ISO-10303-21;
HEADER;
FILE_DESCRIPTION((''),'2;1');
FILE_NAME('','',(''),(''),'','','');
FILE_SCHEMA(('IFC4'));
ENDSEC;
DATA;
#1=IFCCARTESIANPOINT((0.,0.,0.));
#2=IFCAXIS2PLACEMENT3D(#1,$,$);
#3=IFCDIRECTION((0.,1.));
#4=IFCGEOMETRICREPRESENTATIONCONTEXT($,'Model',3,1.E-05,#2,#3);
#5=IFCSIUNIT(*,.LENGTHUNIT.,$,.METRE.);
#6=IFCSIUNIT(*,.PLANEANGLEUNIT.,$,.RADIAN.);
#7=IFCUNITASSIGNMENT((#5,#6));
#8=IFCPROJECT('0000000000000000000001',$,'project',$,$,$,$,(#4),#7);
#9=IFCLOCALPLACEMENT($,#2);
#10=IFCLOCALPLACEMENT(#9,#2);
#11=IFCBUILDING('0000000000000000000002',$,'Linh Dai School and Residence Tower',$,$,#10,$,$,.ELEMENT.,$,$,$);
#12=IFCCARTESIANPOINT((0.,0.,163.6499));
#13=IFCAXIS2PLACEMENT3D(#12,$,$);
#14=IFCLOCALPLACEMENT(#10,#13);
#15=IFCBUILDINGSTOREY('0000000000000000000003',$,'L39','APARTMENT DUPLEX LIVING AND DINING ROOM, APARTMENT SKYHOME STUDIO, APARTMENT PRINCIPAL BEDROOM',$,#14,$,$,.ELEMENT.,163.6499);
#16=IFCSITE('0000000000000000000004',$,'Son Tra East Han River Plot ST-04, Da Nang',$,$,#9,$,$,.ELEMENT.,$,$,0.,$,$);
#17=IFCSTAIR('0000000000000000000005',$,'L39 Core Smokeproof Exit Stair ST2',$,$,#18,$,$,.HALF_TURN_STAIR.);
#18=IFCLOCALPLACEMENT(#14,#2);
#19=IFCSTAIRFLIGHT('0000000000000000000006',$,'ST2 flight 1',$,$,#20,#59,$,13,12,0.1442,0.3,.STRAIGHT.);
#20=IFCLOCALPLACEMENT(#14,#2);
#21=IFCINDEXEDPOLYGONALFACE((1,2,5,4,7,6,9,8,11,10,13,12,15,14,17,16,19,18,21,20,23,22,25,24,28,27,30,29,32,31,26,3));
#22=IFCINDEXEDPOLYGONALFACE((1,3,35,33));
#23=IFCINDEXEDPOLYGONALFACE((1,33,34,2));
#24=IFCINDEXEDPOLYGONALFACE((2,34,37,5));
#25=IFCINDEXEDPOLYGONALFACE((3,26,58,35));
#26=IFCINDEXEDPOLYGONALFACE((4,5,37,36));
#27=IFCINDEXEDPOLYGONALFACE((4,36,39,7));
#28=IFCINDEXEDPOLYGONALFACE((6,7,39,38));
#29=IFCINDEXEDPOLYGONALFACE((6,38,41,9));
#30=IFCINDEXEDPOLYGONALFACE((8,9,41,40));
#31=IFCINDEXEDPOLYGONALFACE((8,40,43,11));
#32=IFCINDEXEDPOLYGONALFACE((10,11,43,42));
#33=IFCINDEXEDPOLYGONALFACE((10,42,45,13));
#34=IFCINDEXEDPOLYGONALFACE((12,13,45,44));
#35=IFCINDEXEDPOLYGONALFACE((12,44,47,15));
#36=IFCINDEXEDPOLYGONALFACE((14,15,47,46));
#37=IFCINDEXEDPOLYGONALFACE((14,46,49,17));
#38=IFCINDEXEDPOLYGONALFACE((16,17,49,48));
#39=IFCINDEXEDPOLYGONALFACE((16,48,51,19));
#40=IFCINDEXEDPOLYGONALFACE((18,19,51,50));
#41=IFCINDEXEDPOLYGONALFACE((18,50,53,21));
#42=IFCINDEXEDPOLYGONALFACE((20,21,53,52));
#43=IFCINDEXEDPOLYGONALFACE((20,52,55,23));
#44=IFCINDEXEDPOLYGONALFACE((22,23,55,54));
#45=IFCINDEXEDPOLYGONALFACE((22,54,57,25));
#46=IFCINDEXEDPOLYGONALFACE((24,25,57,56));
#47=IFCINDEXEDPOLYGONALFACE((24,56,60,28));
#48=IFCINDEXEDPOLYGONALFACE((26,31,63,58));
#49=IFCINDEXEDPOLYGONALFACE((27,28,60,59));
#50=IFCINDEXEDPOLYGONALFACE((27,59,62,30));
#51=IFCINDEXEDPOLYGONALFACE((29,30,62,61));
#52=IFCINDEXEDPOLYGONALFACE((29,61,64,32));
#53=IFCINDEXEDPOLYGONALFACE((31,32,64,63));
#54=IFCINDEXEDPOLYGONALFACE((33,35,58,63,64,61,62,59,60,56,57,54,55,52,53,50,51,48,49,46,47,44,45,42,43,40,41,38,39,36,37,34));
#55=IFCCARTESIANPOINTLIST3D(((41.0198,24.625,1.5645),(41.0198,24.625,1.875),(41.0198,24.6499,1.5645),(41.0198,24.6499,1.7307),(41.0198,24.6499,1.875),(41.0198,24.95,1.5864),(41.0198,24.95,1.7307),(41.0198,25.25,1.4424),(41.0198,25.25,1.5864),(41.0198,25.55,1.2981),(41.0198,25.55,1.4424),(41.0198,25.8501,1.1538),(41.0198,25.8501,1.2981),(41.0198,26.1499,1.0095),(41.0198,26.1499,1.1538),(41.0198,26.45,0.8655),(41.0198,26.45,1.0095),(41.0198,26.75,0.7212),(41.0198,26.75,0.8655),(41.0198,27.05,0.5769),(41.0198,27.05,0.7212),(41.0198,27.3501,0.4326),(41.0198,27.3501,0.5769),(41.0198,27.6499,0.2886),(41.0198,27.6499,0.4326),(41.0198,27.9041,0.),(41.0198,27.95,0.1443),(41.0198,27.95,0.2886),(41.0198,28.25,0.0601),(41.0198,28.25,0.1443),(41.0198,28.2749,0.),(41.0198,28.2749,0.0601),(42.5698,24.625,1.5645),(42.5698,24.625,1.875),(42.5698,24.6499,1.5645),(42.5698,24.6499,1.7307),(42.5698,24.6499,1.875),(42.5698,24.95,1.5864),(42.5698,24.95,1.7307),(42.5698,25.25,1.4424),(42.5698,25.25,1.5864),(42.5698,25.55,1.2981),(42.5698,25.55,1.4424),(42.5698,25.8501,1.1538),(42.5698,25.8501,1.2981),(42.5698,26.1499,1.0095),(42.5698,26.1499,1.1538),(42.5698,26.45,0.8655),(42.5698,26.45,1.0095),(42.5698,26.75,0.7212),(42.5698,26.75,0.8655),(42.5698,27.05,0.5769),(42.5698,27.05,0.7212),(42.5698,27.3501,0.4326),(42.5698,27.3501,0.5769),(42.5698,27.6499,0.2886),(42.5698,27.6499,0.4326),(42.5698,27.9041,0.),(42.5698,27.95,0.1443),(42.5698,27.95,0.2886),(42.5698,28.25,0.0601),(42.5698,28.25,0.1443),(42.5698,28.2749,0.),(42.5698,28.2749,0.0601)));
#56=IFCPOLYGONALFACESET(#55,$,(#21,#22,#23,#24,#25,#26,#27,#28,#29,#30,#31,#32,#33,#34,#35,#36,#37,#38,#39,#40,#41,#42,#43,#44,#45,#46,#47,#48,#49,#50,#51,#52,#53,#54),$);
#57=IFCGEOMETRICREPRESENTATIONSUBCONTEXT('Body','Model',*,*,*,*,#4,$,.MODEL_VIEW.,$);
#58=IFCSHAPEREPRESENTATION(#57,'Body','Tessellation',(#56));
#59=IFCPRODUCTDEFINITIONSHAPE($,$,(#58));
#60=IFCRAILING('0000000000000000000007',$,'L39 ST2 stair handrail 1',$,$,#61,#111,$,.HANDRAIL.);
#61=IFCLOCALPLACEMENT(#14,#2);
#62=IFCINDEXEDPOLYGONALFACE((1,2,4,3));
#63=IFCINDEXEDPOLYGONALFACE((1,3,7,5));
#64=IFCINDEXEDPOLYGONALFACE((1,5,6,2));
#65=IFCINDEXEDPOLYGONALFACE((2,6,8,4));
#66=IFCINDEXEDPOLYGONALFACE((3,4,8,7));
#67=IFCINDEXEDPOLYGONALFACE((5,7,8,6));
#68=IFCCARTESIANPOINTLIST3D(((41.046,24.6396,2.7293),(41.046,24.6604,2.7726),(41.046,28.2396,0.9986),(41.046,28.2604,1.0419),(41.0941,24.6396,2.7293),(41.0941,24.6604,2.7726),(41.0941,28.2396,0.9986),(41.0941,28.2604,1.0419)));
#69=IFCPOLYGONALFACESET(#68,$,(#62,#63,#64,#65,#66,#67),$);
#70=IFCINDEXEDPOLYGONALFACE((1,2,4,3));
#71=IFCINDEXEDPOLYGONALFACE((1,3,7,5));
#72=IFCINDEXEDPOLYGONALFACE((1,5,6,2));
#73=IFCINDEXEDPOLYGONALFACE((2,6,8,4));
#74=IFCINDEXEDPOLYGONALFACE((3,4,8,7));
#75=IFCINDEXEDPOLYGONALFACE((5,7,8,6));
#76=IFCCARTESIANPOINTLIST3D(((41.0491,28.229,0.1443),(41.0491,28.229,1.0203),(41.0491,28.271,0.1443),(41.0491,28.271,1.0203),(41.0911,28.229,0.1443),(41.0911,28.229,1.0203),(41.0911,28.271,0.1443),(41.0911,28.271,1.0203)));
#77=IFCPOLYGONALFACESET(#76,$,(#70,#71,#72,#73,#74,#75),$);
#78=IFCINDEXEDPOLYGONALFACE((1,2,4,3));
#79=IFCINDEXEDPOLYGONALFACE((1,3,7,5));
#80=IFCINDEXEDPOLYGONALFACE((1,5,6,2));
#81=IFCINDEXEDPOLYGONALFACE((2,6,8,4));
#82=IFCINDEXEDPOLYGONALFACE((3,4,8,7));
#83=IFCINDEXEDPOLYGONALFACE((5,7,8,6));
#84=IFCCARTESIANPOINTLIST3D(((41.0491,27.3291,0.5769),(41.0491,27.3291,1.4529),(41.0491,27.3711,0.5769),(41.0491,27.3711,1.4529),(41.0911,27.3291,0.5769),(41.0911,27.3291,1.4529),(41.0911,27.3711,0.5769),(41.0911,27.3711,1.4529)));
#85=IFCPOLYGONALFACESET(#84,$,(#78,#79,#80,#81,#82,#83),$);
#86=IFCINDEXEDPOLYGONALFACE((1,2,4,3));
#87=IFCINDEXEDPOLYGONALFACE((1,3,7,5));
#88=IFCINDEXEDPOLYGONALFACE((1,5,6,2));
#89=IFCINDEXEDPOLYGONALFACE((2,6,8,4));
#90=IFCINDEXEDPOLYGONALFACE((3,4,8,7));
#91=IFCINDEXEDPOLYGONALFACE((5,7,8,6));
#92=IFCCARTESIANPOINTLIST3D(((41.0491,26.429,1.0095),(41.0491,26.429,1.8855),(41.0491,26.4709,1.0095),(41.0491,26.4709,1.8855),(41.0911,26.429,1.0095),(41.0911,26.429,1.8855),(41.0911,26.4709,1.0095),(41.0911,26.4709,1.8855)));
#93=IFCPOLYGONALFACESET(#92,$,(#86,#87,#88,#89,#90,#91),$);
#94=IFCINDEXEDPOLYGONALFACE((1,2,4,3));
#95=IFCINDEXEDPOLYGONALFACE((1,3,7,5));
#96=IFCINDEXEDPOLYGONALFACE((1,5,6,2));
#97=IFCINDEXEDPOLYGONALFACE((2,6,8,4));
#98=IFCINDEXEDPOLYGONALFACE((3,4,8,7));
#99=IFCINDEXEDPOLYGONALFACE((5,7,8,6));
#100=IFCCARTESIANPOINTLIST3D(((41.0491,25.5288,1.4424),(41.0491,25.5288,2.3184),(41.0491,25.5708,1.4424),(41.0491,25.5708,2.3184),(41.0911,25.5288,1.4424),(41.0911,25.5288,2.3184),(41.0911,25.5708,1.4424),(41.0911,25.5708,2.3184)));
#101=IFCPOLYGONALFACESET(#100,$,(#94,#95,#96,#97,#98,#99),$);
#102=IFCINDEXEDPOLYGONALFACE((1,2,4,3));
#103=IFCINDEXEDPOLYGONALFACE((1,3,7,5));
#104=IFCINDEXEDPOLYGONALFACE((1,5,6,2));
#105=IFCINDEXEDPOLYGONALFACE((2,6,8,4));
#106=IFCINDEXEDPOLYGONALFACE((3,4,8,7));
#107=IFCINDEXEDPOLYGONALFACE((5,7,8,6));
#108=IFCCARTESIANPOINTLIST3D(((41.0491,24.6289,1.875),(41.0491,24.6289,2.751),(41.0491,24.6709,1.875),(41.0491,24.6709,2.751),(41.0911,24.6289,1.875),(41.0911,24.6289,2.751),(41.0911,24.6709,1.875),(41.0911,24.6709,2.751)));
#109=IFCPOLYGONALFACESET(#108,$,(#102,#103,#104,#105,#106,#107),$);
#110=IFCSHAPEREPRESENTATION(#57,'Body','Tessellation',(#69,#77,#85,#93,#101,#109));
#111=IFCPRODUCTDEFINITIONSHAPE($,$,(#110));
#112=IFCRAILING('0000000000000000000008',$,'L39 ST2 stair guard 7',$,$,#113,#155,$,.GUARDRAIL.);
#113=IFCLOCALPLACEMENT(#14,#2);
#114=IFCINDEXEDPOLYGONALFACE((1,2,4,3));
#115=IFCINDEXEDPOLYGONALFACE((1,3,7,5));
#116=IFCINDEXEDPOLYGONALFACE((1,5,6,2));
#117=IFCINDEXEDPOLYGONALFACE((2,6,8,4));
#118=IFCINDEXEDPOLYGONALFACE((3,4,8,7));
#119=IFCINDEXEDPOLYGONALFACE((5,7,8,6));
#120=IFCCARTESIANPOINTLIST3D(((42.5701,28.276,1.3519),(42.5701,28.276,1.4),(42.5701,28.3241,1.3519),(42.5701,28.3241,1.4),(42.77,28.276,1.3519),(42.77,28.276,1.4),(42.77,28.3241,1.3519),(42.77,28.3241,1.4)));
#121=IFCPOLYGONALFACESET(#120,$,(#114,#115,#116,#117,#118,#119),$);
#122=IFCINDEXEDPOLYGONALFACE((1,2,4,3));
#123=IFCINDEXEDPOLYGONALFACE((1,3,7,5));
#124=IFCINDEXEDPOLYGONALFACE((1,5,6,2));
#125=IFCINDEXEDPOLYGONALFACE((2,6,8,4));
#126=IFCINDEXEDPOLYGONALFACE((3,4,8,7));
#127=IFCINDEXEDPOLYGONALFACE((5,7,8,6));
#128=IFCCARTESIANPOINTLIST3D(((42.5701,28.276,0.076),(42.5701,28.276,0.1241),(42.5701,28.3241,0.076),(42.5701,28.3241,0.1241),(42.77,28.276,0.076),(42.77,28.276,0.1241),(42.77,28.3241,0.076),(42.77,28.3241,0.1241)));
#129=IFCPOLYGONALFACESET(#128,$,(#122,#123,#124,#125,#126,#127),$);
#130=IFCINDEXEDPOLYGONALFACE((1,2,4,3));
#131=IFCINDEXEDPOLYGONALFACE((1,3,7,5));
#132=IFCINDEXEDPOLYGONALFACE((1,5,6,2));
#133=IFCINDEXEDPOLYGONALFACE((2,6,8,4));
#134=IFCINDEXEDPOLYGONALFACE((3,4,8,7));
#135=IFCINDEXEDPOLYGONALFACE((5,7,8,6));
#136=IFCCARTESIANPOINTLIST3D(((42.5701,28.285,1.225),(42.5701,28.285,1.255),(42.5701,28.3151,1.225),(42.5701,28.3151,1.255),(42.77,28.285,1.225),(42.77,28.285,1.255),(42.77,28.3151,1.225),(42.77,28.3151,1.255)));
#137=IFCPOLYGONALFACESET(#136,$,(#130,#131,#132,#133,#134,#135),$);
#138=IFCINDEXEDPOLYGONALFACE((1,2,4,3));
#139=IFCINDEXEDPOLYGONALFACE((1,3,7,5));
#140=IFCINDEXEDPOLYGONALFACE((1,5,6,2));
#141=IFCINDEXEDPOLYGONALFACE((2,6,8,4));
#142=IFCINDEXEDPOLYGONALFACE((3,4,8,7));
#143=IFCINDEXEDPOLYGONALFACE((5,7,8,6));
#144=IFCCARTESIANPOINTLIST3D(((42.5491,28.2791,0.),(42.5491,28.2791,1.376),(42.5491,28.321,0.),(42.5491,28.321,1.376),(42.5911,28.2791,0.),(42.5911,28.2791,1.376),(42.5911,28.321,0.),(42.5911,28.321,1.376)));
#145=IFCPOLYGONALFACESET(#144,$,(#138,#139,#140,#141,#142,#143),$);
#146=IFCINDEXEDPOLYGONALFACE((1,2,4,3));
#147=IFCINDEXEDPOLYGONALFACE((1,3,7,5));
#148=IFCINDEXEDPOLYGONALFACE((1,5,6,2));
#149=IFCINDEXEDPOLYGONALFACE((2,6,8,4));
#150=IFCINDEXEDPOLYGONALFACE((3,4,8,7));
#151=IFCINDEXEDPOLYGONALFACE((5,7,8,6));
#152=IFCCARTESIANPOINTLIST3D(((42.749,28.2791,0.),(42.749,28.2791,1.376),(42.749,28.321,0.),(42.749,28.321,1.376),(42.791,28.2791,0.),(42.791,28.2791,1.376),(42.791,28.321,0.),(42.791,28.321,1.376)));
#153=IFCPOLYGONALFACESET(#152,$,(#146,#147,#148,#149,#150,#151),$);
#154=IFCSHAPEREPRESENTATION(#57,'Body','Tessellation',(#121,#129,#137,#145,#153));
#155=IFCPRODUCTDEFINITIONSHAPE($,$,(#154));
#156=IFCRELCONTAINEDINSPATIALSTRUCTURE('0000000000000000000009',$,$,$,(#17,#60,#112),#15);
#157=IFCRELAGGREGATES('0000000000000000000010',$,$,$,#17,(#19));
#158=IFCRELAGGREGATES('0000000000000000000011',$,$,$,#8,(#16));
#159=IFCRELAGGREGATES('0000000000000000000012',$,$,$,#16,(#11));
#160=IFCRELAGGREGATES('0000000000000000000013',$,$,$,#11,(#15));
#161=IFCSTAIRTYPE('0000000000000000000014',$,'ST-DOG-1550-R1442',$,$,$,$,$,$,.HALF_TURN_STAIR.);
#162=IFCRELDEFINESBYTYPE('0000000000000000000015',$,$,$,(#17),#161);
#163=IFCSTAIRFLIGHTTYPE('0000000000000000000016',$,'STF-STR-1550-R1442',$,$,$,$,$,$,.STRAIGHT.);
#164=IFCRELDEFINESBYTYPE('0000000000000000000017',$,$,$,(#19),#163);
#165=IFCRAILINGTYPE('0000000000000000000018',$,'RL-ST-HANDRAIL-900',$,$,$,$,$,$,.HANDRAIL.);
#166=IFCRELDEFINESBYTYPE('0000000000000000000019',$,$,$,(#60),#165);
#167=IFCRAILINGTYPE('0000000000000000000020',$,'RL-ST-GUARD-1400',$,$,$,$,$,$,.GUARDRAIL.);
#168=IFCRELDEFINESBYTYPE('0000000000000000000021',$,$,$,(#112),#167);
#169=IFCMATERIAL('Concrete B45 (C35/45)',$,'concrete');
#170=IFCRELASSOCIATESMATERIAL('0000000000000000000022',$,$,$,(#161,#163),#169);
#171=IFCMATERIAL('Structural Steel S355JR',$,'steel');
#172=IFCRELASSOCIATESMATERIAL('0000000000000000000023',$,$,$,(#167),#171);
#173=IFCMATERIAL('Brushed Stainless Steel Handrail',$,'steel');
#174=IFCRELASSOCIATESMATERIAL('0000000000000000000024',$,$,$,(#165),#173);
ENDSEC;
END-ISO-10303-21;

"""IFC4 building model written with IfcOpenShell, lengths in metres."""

from ifc_helpers import new_model, si_unit, direction, frame, origin, origin_2d, place, context, subcontext, project, spatial, polyline, rectangle, outline, extrude, source, transform, mapped, material, type_object, element, aggregate, save


model = new_model("IFC4")

# Units and contexts
model_context = context("Model", 3, precision=1e-05, world=origin(), true_north=direction((0.0, 1.0)))
body_context = subcontext(model_context, "Body", "Model", "MODEL_VIEW")
ifc_project = project(units=[si_unit("LENGTHUNIT", "METRE"), si_unit("PLANEANGLEUNIT", "RADIAN")], contexts=[model_context])

# Site, building, storey
site_placement = place(None, origin())
site = spatial("IfcSite", under=ifc_project, at=site_placement, Name="Son Tra East Han River Plot ST-04, Da Nang", CompositionType="ELEMENT", RefElevation=0.0)
building_placement = place(site_placement, origin())
building = spatial("IfcBuilding", under=site, at=building_placement, Name="Linh Dai School and Residence Tower", CompositionType="ELEMENT")
storey_placement = place(building_placement, frame((0.0, 0.0, 163.6499)))
storey = spatial("IfcBuildingStorey", under=building, at=storey_placement, Name="L39", Description="APARTMENT DUPLEX LIVING AND DINING ROOM, APARTMENT SKYHOME STUDIO, APARTMENT PRINCIPAL BEDROOM", CompositionType="ELEMENT", Elevation=163.6499)

# Shared definitions
ifc_material_1 = material(Name="Structural Steel S355JR", Category="steel")

# Shared definitions
ifc_material_2 = material(Name="Concrete B45 (C35/45)", Category="concrete")

# Stair, stair flight
stair_type = type_object("IfcStairType", Name="ST-DOG-1550-R1442", PredefinedType="HALF_TURN_STAIR", material=ifc_material_2)
stair_placement = place(storey_placement, origin())
stair = element("IfcStair", 1, at=stair_placement, inside=storey, type_object=stair_type, Name="L39 Core Smokeproof Exit Stair ST2", PredefinedType="HALF_TURN_STAIR")
stair_flight_type = type_object("IfcStairFlightType", Name="STF-STR-1550-R1442", PredefinedType="STRAIGHT", material=ifc_material_2)
shared_shape_1 = source(origin(), body_context, "Body", "SweptSolid", [
    extrude(outline(polyline([(-0.0249, 0.0), (-0.0249, 0.0601), (0.0, 0.0601), (0.0, 0.1443), (0.3, 0.1443), (0.3, 0.2886), (0.6001, 0.2886), (0.6001, 0.4326), (0.8999, 0.4326), (0.8999, 0.5769), (1.2, 0.5769), (1.2, 0.7212), (1.5, 0.7212), (1.5, 0.8655), (1.8, 0.8655), (1.8, 1.0095), (2.1001, 1.0095), (2.1001, 1.1538), (2.3999, 1.1538), (2.3999, 1.2981), (2.7, 1.2981), (2.7, 1.4424), (3.0, 1.4424), (3.0, 1.5864), (3.3, 1.5864), (3.3, 1.7307), (3.6001, 1.7307), (3.6001, 1.875), (3.625, 1.875), (3.625, 1.5645), (3.6001, 1.5645), (0.3459, 0.0), (-0.0249, 0.0)])), frame((0.0, 0.7749, 0.0), z_axis=(0.0, -1.0, 0.0), x_axis=(1.0, 0.0, 0.0)), (0.0, 0.0, 1.0), 1.55),
])
stair_flight_placement = place(storey_placement, frame((41.7949, 28.25, 0.0), z_axis=(0.0, 0.0, 1.0), x_axis=(0.0, -1.0, 0.0)))
stair_flight = element("IfcStairFlight", 2, at=stair_flight_placement, type_object=stair_flight_type, Name="ST2 flight 1", NumberOfRisers=13, NumberOfTreads=12, PredefinedType="STRAIGHT", RiserHeight=0.1442, TreadLength=0.3, context=body_context, shape_type="MappedRepresentation", body=[
    mapped(shared_shape_1, transform((0.0, 0.0, 0.0), x_axis=(1.0, 0.0, 0.0), y_axis=(0.0, 1.0, 0.0), z_axis=(0.0, 0.0, 1.0), scale=1.0)),
])
aggregate(stair, [stair_flight])

# Railings
railing_type_1 = type_object("IfcRailingType", Name="RL-ST-GUARD-1400", PredefinedType="GUARDRAIL", material=ifc_material_1)
ifc_material_3 = material(Name="Brushed Stainless Steel Handrail", Category="steel")
railing_type_2 = type_object("IfcRailingType", Name="RL-ST-HANDRAIL-900", PredefinedType="HANDRAIL", material=ifc_material_3)
shared_shape_2 = source(origin(), body_context, "Body", "SweptSolid", [
    extrude(rectangle(XDim=0.0481, YDim=0.0481, at=origin_2d()), frame((0.0, 0.0, 0.876), z_axis=(0.0, -0.901263, 0.433273), x_axis=(1.0, 0.0, 0.0)), (0.0, 0.0, 1.0), 3.9944),
    extrude(rectangle(XDim=0.042, YDim=0.042, at=origin_2d()), origin(), (0.0, 0.0, 1.0), 0.876),
    extrude(rectangle(XDim=0.042, YDim=0.042, at=origin_2d()), frame((0.0, -0.8999, 0.4326)), (0.0, 0.0, 1.0), 0.876),
    extrude(rectangle(XDim=0.042, YDim=0.042, at=origin_2d()), frame((0.0, -1.8, 0.8652)), (0.0, 0.0, 1.0), 0.876),
    extrude(rectangle(XDim=0.042, YDim=0.042, at=origin_2d()), frame((0.0, -2.7002, 1.2981)), (0.0, 0.0, 1.0), 0.876),
    extrude(rectangle(XDim=0.042, YDim=0.042, at=origin_2d()), frame((0.0, -3.6001, 1.7307)), (0.0, 0.0, 1.0), 0.876),
])
railing_1_placement = place(storey_placement, frame((41.0701, 28.25, 0.1443)))
element("IfcRailing", 3, at=railing_1_placement, inside=storey, type_object=railing_type_2, Name="L39 ST2 stair handrail 1", PredefinedType="HANDRAIL", context=body_context, shape_type="MappedRepresentation", body=[
    mapped(shared_shape_2, transform((0.0, 0.0, 0.0), x_axis=(1.0, 0.0, 0.0), y_axis=(0.0, 1.0, 0.0), z_axis=(0.0, 0.0, 1.0), scale=1.0)),
])
shared_shape_3 = source(origin(), body_context, "Body", "SweptSolid", [
    extrude(rectangle(XDim=0.0481, YDim=0.0481, at=origin_2d()), frame((0.0, 0.0, 1.376), z_axis=(1.0, 0.0, 0.0), x_axis=(0.0, 1.0, 0.0)), (0.0, 0.0, 1.0), 0.2),
    extrude(rectangle(XDim=0.0481, YDim=0.0481, at=origin_2d()), frame((0.0, 0.0, 0.1001), z_axis=(1.0, 0.0, 0.0), x_axis=(0.0, 1.0, 0.0)), (0.0, 0.0, 1.0), 0.2),
    extrude(rectangle(XDim=0.03, YDim=0.03, at=origin_2d()), frame((0.0, 0.0, 1.24), z_axis=(1.0, 0.0, 0.0), x_axis=(0.0, 1.0, 0.0)), (0.0, 0.0, 1.0), 0.2),
    extrude(rectangle(XDim=0.042, YDim=0.042, at=origin_2d()), origin(), (0.0, 0.0, 1.0), 1.376),
    extrude(rectangle(XDim=0.042, YDim=0.042, at=origin_2d()), frame((0.2, 0.0, 0.0)), (0.0, 0.0, 1.0), 1.376),
])
railing_2_placement = place(storey_placement, frame((42.5701, 28.3, 0.0)))
element("IfcRailing", 4, at=railing_2_placement, inside=storey, type_object=railing_type_1, Name="L39 ST2 stair guard 7", PredefinedType="GUARDRAIL", context=body_context, shape_type="MappedRepresentation", body=[
    mapped(shared_shape_3, transform((0.0, 0.0, 0.0), x_axis=(1.0, 0.0, 0.0), y_axis=(0.0, 1.0, 0.0), z_axis=(0.0, 0.0, 1.0), scale=1.0)),
])

save(model, "model.ifc")
